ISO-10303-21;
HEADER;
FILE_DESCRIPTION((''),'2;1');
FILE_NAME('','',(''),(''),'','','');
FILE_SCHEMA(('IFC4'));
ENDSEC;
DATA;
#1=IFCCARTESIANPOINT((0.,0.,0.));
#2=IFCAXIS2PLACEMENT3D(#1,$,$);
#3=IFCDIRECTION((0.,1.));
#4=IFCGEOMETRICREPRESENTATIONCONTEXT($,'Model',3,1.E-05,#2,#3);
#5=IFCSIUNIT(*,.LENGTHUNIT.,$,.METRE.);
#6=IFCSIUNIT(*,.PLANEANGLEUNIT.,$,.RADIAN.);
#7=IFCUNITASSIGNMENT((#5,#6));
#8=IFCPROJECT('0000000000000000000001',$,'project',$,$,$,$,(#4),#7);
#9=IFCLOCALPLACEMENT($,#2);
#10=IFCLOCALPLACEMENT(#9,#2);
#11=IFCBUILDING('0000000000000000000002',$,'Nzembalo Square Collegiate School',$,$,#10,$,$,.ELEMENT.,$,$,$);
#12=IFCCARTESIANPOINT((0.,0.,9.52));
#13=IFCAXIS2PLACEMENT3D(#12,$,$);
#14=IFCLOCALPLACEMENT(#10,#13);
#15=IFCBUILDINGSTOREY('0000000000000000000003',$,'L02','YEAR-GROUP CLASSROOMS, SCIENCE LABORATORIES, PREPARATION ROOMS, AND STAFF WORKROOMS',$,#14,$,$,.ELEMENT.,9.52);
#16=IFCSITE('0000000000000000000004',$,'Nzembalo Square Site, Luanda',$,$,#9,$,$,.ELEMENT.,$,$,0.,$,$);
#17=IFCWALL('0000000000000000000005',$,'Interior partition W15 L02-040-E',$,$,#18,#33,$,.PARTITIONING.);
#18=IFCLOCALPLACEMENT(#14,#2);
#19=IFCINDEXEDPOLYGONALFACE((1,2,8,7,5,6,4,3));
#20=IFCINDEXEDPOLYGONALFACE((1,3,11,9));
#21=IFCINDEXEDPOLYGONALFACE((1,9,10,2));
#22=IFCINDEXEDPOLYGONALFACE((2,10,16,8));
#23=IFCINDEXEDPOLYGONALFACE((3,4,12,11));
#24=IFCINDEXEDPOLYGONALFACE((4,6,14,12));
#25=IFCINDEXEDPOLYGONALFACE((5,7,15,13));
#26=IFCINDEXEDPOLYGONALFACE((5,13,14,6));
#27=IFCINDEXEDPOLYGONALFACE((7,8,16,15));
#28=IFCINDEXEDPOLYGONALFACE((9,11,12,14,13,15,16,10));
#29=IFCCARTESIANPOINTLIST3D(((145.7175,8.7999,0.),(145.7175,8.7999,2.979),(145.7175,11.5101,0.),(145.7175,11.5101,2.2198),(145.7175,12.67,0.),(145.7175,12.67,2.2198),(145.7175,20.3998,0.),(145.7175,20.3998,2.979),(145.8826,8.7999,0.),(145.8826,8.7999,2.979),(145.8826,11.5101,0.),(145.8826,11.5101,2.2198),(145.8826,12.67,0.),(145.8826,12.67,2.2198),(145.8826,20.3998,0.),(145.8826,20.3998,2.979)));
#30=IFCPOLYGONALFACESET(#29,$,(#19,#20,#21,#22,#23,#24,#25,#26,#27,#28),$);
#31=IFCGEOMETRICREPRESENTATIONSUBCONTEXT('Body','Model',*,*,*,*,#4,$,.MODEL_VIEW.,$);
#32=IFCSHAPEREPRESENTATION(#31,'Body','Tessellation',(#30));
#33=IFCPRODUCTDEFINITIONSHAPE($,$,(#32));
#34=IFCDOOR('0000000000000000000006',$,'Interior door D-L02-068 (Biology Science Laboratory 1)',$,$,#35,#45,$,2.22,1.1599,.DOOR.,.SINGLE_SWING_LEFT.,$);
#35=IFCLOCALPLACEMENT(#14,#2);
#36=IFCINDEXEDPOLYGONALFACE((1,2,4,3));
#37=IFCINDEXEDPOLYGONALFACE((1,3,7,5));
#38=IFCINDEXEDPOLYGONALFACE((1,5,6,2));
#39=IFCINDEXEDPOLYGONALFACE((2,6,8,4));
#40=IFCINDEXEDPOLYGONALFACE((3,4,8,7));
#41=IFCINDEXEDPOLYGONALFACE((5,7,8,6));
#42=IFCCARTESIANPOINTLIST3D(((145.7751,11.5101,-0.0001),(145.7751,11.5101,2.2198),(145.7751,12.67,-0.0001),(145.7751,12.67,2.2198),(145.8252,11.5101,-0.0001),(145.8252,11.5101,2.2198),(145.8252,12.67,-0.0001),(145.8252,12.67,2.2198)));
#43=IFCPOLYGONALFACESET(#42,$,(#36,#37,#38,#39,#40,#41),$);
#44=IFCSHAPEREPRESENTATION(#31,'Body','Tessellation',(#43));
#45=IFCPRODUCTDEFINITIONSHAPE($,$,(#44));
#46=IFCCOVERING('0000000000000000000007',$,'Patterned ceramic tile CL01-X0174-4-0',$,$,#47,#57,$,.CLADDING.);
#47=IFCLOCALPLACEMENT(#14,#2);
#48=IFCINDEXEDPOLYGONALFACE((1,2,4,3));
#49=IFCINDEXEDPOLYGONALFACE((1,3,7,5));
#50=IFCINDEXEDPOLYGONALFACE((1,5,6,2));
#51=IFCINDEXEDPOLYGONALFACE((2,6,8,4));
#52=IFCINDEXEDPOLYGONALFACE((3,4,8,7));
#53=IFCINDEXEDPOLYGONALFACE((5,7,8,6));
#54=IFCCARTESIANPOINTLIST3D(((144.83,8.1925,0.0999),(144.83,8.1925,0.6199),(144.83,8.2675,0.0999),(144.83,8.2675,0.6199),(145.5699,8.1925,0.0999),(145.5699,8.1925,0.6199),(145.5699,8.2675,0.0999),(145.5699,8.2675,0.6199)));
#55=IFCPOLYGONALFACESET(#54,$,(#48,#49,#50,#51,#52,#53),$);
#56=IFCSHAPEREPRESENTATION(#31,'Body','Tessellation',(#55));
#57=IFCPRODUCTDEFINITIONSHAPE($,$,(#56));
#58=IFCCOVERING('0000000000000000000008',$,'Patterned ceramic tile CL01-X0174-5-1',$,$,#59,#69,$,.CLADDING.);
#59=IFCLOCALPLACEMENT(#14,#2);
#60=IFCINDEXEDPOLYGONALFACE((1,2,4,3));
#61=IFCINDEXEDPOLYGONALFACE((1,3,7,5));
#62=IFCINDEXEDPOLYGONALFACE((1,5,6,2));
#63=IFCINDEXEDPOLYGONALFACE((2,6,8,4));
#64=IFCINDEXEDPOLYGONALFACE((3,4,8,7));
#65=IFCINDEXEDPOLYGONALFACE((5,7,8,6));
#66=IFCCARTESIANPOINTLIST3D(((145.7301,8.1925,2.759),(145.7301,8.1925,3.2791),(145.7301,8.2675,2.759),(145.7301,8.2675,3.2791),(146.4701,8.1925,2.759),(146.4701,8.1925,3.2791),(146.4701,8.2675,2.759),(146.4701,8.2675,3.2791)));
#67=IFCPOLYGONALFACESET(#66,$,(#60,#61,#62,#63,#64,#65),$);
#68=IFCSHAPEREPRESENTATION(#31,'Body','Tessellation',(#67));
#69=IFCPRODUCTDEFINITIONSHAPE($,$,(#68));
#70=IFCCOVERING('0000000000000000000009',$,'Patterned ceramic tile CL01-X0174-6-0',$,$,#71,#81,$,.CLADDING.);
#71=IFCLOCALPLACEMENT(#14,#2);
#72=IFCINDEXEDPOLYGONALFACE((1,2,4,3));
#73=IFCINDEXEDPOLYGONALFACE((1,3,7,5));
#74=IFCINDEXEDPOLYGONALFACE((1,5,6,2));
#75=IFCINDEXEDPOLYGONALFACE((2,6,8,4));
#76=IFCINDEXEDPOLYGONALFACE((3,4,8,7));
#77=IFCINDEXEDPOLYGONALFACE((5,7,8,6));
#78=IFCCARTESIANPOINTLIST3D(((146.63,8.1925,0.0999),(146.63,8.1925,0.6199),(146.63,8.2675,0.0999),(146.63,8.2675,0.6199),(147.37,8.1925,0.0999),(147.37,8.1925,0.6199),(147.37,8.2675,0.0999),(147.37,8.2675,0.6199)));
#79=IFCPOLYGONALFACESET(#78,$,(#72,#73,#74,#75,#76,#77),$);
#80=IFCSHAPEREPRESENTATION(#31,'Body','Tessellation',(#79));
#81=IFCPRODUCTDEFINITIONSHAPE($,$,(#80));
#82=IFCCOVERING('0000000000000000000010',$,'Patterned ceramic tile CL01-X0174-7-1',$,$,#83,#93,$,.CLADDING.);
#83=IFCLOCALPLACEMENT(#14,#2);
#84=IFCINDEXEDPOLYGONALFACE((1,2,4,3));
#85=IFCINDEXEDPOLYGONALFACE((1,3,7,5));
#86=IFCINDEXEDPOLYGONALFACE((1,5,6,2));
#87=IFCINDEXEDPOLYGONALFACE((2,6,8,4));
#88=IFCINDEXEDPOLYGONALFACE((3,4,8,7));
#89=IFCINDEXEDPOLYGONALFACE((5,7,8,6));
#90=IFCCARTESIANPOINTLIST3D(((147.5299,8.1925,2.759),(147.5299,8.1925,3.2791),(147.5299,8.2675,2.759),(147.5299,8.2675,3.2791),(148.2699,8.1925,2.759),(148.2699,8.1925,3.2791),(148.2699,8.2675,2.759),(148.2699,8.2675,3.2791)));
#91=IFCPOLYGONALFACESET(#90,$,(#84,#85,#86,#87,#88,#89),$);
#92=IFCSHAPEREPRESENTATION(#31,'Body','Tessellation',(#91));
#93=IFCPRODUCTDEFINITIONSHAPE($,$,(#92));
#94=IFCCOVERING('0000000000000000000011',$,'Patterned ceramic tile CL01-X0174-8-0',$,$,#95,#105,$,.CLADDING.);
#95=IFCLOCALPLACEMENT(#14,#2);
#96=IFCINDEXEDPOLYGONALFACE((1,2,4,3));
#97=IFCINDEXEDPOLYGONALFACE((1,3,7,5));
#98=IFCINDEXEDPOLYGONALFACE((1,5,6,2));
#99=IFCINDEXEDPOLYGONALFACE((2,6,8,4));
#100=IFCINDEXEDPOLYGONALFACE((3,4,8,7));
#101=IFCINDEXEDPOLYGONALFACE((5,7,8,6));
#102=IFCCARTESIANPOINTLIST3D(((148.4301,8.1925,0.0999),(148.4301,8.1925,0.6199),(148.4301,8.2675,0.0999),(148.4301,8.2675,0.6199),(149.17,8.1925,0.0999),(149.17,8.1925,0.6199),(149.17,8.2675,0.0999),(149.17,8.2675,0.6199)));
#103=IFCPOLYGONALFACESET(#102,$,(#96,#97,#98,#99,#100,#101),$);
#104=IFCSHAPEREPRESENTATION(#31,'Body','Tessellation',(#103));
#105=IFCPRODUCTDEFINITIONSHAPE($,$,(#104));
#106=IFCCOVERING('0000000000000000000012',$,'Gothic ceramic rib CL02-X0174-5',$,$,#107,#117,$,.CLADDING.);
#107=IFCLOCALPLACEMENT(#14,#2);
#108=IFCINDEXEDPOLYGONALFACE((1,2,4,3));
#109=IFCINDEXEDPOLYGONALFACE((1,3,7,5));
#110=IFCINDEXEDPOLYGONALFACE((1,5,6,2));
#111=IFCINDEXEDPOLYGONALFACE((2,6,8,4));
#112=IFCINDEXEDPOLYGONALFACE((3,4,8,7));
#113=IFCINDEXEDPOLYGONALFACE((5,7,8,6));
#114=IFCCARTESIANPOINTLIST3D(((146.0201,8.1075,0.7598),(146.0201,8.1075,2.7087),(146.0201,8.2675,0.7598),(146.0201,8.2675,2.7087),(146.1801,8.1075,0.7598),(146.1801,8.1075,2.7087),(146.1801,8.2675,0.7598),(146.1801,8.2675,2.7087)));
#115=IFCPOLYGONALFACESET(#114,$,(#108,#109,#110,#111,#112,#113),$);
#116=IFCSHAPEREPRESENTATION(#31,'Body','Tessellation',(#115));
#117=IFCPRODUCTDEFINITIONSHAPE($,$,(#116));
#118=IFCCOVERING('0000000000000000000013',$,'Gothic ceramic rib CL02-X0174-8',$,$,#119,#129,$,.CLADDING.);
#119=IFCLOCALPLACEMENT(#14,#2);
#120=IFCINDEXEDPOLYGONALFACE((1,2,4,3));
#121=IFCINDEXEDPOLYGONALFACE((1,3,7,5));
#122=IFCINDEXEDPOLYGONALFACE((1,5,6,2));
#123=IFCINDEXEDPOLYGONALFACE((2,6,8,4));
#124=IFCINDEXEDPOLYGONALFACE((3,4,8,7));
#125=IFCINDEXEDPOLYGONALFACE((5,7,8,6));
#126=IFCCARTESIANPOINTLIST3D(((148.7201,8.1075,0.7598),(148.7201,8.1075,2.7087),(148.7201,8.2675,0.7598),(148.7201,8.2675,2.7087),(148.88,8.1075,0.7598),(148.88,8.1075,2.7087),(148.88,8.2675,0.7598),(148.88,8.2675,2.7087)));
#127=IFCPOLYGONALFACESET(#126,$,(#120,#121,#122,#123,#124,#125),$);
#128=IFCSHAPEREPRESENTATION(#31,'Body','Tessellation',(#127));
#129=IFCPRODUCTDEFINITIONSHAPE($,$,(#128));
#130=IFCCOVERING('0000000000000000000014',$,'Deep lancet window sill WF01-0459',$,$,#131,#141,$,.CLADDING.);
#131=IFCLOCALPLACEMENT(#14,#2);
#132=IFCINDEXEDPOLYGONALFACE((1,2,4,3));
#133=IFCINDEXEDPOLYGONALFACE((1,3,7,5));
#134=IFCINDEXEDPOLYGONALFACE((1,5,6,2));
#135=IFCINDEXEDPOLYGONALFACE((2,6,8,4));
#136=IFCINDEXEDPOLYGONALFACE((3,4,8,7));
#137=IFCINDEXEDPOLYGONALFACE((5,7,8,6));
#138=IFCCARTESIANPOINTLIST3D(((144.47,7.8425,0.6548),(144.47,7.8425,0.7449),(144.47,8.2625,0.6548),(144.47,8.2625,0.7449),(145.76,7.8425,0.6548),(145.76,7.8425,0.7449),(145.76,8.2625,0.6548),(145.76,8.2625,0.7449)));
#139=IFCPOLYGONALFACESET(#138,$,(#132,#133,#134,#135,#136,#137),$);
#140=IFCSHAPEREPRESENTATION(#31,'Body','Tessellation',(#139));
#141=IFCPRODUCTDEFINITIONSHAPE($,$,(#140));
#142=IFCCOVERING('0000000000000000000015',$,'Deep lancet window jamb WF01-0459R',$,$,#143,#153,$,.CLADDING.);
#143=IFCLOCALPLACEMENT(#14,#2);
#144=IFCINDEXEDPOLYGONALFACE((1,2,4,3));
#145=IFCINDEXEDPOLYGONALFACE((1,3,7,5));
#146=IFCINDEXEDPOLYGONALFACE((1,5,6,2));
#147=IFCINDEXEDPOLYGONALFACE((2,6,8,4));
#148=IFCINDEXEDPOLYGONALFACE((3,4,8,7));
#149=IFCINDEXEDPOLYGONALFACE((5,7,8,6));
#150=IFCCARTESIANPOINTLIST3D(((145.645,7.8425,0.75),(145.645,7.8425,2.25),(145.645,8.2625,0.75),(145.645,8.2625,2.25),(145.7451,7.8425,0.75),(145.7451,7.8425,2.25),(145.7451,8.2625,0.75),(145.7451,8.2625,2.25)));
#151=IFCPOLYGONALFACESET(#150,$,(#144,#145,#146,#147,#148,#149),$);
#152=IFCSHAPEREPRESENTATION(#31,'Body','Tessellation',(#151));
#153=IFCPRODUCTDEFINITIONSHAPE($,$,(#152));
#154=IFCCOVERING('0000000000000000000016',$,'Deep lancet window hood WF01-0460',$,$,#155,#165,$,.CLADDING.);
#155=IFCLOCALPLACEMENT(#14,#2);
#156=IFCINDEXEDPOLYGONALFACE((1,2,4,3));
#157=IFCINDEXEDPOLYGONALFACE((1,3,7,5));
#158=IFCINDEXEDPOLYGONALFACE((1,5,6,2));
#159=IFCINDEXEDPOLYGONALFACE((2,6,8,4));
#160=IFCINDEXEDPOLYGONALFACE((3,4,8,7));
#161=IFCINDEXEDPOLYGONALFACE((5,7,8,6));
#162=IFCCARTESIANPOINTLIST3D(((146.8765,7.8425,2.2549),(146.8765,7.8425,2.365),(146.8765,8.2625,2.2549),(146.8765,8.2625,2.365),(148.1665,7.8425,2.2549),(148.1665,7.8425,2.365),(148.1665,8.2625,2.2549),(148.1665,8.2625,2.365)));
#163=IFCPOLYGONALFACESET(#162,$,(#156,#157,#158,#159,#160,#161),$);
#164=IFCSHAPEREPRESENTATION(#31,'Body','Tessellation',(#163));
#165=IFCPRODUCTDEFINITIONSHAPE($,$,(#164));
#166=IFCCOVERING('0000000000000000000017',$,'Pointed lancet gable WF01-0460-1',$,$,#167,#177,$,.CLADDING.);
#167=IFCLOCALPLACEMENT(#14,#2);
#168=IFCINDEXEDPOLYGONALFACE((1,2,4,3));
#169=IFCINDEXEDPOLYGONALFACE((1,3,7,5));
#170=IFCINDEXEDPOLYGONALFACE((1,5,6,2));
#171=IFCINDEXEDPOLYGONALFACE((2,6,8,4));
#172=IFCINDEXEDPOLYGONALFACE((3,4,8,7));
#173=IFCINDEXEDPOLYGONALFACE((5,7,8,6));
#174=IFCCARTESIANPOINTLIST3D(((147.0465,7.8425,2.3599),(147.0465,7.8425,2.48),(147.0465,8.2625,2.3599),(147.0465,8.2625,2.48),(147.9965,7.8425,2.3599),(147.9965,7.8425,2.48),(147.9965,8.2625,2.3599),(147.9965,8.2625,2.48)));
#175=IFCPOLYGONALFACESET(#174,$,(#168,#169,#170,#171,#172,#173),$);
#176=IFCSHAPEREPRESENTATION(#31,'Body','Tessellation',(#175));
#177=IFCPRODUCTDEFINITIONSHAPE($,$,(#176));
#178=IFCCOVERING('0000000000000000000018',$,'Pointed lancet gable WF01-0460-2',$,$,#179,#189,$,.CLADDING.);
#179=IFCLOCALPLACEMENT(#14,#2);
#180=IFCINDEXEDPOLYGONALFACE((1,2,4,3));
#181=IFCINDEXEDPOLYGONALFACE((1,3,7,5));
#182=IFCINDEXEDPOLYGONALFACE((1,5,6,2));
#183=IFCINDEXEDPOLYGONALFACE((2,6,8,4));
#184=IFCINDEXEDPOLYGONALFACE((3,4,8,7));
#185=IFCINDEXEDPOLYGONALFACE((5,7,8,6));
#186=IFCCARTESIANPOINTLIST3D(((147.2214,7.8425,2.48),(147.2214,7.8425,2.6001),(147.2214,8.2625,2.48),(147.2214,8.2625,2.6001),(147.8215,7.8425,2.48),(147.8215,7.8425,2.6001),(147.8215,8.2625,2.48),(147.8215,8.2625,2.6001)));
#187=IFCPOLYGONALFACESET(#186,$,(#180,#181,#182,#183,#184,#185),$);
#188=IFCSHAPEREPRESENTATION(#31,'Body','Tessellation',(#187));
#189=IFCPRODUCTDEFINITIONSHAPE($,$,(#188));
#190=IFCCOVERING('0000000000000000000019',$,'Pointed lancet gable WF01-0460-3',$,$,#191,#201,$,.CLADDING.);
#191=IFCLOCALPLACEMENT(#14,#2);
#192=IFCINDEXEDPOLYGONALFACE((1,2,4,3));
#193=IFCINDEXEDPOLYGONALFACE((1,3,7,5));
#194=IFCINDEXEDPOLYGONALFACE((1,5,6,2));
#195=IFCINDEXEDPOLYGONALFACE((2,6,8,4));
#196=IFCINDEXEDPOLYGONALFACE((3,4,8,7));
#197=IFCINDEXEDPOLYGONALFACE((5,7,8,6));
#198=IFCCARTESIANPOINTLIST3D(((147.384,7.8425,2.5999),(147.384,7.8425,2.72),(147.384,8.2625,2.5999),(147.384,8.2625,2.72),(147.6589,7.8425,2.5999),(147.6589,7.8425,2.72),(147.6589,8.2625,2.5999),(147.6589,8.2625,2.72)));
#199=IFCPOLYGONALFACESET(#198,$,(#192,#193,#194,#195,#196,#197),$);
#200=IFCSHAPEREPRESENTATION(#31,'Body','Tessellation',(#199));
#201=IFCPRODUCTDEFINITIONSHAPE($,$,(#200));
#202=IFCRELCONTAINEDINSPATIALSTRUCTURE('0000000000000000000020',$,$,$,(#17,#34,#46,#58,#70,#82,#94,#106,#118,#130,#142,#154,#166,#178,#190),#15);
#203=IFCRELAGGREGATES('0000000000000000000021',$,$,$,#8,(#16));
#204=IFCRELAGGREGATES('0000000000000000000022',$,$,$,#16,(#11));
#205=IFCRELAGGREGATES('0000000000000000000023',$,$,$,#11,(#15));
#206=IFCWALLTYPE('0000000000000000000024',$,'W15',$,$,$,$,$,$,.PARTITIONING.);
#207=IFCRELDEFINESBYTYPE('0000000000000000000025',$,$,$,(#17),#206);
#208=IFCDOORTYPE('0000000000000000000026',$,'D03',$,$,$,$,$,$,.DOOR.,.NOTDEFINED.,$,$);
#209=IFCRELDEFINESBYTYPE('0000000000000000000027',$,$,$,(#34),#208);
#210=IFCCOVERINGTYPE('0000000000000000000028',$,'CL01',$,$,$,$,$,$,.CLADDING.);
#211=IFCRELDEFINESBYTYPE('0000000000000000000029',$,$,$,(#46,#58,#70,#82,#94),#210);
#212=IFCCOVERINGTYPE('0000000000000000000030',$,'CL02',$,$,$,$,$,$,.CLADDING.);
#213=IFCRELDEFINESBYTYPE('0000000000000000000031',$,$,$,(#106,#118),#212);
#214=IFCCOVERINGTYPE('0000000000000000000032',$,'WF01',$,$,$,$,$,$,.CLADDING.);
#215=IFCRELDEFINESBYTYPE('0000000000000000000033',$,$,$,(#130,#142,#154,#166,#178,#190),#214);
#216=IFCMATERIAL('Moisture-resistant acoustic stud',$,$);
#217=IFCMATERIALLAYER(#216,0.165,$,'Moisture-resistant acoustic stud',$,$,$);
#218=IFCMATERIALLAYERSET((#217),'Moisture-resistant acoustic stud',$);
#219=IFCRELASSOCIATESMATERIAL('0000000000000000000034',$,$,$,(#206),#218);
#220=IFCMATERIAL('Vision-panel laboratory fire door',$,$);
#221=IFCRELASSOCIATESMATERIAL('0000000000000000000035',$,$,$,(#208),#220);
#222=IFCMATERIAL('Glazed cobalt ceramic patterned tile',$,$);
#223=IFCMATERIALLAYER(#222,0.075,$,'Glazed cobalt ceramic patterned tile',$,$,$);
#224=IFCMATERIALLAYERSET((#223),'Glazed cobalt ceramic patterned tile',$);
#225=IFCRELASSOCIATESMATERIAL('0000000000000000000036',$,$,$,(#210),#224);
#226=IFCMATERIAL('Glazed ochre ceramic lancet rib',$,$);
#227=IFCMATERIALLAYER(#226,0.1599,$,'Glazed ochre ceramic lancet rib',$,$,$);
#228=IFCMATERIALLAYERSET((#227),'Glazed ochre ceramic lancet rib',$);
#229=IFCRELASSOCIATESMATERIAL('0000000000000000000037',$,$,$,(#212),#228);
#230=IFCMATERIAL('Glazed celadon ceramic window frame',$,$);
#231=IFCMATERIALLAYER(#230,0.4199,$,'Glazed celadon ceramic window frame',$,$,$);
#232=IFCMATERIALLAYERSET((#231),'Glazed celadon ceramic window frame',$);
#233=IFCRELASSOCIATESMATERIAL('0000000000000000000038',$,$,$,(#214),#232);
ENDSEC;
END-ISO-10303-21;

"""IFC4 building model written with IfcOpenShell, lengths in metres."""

from ifc_helpers import new_model, si_unit, direction, frame, frame_2d, origin, origin_2d, place, context, subcontext, project, spatial, rectangle, extrude, material, layer, layer_set, type_object, element, fill, save


model = new_model("IFC4")

# Units and contexts
model_context = context("Model", 3, precision=1e-05, world=origin(), true_north=direction((0.0, 1.0)))
body_context = subcontext(model_context, "Body", "Model", "MODEL_VIEW")
ifc_project = project(units=[si_unit("LENGTHUNIT", "METRE"), si_unit("PLANEANGLEUNIT", "RADIAN")], contexts=[model_context])

# Site, building, storey
site_placement = place(None, origin())
site = spatial("IfcSite", under=ifc_project, at=site_placement, Name="Nzembalo Square Site, Luanda", CompositionType="ELEMENT", RefElevation=0.0)
building_placement = place(site_placement, origin())
building = spatial("IfcBuilding", under=site, at=building_placement, Name="Nzembalo Square Collegiate School", CompositionType="ELEMENT")
storey_placement = place(building_placement, frame((0.0, 0.0, 9.52)))
storey = spatial("IfcBuildingStorey", under=building, at=storey_placement, Name="L02", Description="YEAR-GROUP CLASSROOMS, SCIENCE LABORATORIES, PREPARATION ROOMS, AND STAFF WORKROOMS", CompositionType="ELEMENT", Elevation=9.52)

# Wall, opening, door
ifc_material_1 = material(Name="Moisture-resistant acoustic stud")
ifc_layer_1 = layer(ifc_material_1, 0.165, Name="Moisture-resistant acoustic stud")
ifc_layer_set_1 = layer_set([ifc_layer_1], Name="Moisture-resistant acoustic stud")
wall_type_1 = type_object("IfcWallType", Name="W15", PredefinedType="PARTITIONING", material=ifc_layer_set_1)
wall_1_placement = place(storey_placement, frame((145.8, 8.8, 0.0), z_axis=(0.0, 0.0, 1.0), x_axis=(0.0, 1.0, 0.0)))
wall_1 = element("IfcWall", 1, at=wall_1_placement, inside=storey, type_object=wall_type_1, Name="Interior partition W15 L02-040-E", PredefinedType="PARTITIONING", context=body_context, shape_type="SweptSolid", body=[
    extrude(rectangle(XDim=11.5999, YDim=0.165, at=frame_2d((5.7998, 0.0))), origin(), (0.0, 0.0, 1.0), 2.979),
])
opening_1_placement = place(wall_1_placement, frame((2.71, 0.0, 0.0)))
opening_1 = element("IfcOpeningElement", 2, at=opening_1_placement, cuts=wall_1, PredefinedType="OPENING", context=body_context, shape_type="SweptSolid", body=[
    extrude(rectangle(XDim=1.1599, YDim=2.22, at=frame_2d((0.5801, 1.1099))), frame((0.0, 0.0925, 0.0), z_axis=(0.0, -1.0, 0.0), x_axis=(1.0, 0.0, 0.0)), (0.0, 0.0, 1.0), 0.1851),
])
ifc_material_2 = material(Name="Vision-panel laboratory fire door")
door_type = type_object("IfcDoorType", Name="D03", OperationType="NOTDEFINED", PredefinedType="DOOR", material=ifc_material_2)
door_placement = place(opening_1_placement, origin())
door = element("IfcDoor", 3, at=door_placement, inside=storey, type_object=door_type, Name="Interior door D-L02-068 (Biology Science Laboratory 1)", OperationType="SINGLE_SWING_LEFT", OverallHeight=2.22, OverallWidth=1.1599, PredefinedType="DOOR", context=body_context, shape_type="SweptSolid", body=[
    extrude(rectangle(XDim=1.1599, YDim=2.22, at=frame_2d((0.5801, 1.1099))), frame((0.0, 0.0249, 0.0), z_axis=(0.0, -1.0, 0.0), x_axis=(1.0, 0.0, 0.0)), (0.0, 0.0, 1.0), 0.05),
])
fill(opening_1, door)

# Coverings
ifc_material_3 = material(Name="Glazed cobalt ceramic patterned tile")
ifc_layer_2 = layer(ifc_material_3, 0.075, Name="Glazed cobalt ceramic patterned tile")
ifc_layer_set_2 = layer_set([ifc_layer_2], Name="Glazed cobalt ceramic patterned tile")
covering_type_1 = type_object("IfcCoveringType", Name="CL01", PredefinedType="CLADDING", material=ifc_layer_set_2)
for number, where, z_axis, x_axis, name in (
    (4, (145.2, 8.23, 0.0999), (0.0, 0.0, 1.0), (1.0, 0.0, 0.0), "Patterned ceramic tile CL01-X0174-4-0"),
    (5, (146.1001, 8.23, 2.759), (0.0, 0.0, 1.0), (1.0, 0.0, 0.0), "Patterned ceramic tile CL01-X0174-5-1"),
    (6, (147.0, 8.23, 0.0999), (0.0, 0.0, 1.0), (1.0, 0.0, 0.0), "Patterned ceramic tile CL01-X0174-6-0"),
    (7, (147.8999, 8.23, 2.759), (0.0, 0.0, 1.0), (1.0, 0.0, 0.0), "Patterned ceramic tile CL01-X0174-7-1"),
    (8, (148.8, 8.23, 0.0999), (0.0, 0.0, 1.0), (1.0, 0.0, 0.0), "Patterned ceramic tile CL01-X0174-8-0"),
):
    element("IfcCovering", number, at=place(storey_placement, frame(where, z_axis=z_axis, x_axis=x_axis)), inside=storey, type_object=covering_type_1, Name=name, PredefinedType="CLADDING", context=body_context, shape_type="SweptSolid", body=[
        extrude(rectangle(XDim=0.74, YDim=0.075, at=origin_2d()), origin(), (0.0, 0.0, 1.0), 0.52),
    ])
ifc_material_4 = material(Name="Glazed ochre ceramic lancet rib")
ifc_layer_3 = layer(ifc_material_4, 0.1599, Name="Glazed ochre ceramic lancet rib")
ifc_layer_set_3 = layer_set([ifc_layer_3], Name="Glazed ochre ceramic lancet rib")
covering_type_2 = type_object("IfcCoveringType", Name="CL02", PredefinedType="CLADDING", material=ifc_layer_set_3)
for number, where, z_axis, x_axis, name in (
    (9, (146.1001, 8.1875, 0.7598), (0.0, 0.0, 1.0), (1.0, 0.0, 0.0), "Gothic ceramic rib CL02-X0174-5"),
    (10, (148.8, 8.1875, 0.7598), (0.0, 0.0, 1.0), (1.0, 0.0, 0.0), "Gothic ceramic rib CL02-X0174-8"),
):
    element("IfcCovering", number, at=place(storey_placement, frame(where, z_axis=z_axis, x_axis=x_axis)), inside=storey, type_object=covering_type_2, Name=name, PredefinedType="CLADDING", context=body_context, shape_type="SweptSolid", body=[
        extrude(rectangle(XDim=0.1599, YDim=0.1599, at=origin_2d()), origin(), (0.0, 0.0, 1.0), 1.949),
    ])
ifc_material_5 = material(Name="Glazed celadon ceramic window frame")
ifc_layer_4 = layer(ifc_material_5, 0.4199, Name="Glazed celadon ceramic window frame")
ifc_layer_set_4 = layer_set([ifc_layer_4], Name="Glazed celadon ceramic window frame")
covering_type_3 = type_object("IfcCoveringType", Name="WF01", PredefinedType="CLADDING", material=ifc_layer_set_4)
covering_1_placement = place(storey_placement, frame((145.115, 8.0525, 0.6548), z_axis=(0.0, 0.0, 1.0), x_axis=(1.0, 0.0, 0.0)))
element("IfcCovering", 11, at=covering_1_placement, inside=storey, type_object=covering_type_3, Name="Deep lancet window sill WF01-0459", PredefinedType="CLADDING", context=body_context, shape_type="SweptSolid", body=[
    extrude(rectangle(XDim=1.29, YDim=0.4199, at=origin_2d()), origin(), (0.0, 0.0, 1.0), 0.0901),
])
covering_2_placement = place(storey_placement, frame((145.6951, 8.0525, 0.75), z_axis=(0.0, 0.0, 1.0), x_axis=(1.0, 0.0, 0.0)))
element("IfcCovering", 12, at=covering_2_placement, inside=storey, type_object=covering_type_3, Name="Deep lancet window jamb WF01-0459R", PredefinedType="CLADDING", context=body_context, shape_type="SweptSolid", body=[
    extrude(rectangle(XDim=0.1001, YDim=0.4199, at=origin_2d()), origin(), (0.0, 0.0, 1.0), 1.5),
])
covering_3_placement = place(storey_placement, frame((147.5215, 8.0525, 2.2549), z_axis=(0.0, 0.0, 1.0), x_axis=(1.0, 0.0, 0.0)))
element("IfcCovering", 13, at=covering_3_placement, inside=storey, type_object=covering_type_3, Name="Deep lancet window hood WF01-0460", PredefinedType="CLADDING", context=body_context, shape_type="SweptSolid", body=[
    extrude(rectangle(XDim=1.29, YDim=0.4199, at=origin_2d()), origin(), (0.0, 0.0, 1.0), 0.1101),
])
covering_4_placement = place(storey_placement, frame((147.5215, 8.0525, 2.3599), z_axis=(0.0, 0.0, 1.0), x_axis=(1.0, 0.0, 0.0)))
element("IfcCovering", 14, at=covering_4_placement, inside=storey, type_object=covering_type_3, Name="Pointed lancet gable WF01-0460-1", PredefinedType="CLADDING", context=body_context, shape_type="SweptSolid", body=[
    extrude(rectangle(XDim=0.95, YDim=0.4199, at=origin_2d()), origin(), (0.0, 0.0, 1.0), 0.1201),
])
covering_5_placement = place(storey_placement, frame((147.5215, 8.0525, 2.48), z_axis=(0.0, 0.0, 1.0), x_axis=(1.0, 0.0, 0.0)))
element("IfcCovering", 15, at=covering_5_placement, inside=storey, type_object=covering_type_3, Name="Pointed lancet gable WF01-0460-2", PredefinedType="CLADDING", context=body_context, shape_type="SweptSolid", body=[
    extrude(rectangle(XDim=0.6001, YDim=0.4199, at=origin_2d()), origin(), (0.0, 0.0, 1.0), 0.1201),
])
covering_6_placement = place(storey_placement, frame((147.5215, 8.0525, 2.5999), z_axis=(0.0, 0.0, 1.0), x_axis=(1.0, 0.0, 0.0)))
element("IfcCovering", 16, at=covering_6_placement, inside=storey, type_object=covering_type_3, Name="Pointed lancet gable WF01-0460-3", PredefinedType="CLADDING", context=body_context, shape_type="SweptSolid", body=[
    extrude(rectangle(XDim=0.2749, YDim=0.4199, at=origin_2d()), origin(), (0.0, 0.0, 1.0), 0.1201),
])

save(model, "model.ifc")
